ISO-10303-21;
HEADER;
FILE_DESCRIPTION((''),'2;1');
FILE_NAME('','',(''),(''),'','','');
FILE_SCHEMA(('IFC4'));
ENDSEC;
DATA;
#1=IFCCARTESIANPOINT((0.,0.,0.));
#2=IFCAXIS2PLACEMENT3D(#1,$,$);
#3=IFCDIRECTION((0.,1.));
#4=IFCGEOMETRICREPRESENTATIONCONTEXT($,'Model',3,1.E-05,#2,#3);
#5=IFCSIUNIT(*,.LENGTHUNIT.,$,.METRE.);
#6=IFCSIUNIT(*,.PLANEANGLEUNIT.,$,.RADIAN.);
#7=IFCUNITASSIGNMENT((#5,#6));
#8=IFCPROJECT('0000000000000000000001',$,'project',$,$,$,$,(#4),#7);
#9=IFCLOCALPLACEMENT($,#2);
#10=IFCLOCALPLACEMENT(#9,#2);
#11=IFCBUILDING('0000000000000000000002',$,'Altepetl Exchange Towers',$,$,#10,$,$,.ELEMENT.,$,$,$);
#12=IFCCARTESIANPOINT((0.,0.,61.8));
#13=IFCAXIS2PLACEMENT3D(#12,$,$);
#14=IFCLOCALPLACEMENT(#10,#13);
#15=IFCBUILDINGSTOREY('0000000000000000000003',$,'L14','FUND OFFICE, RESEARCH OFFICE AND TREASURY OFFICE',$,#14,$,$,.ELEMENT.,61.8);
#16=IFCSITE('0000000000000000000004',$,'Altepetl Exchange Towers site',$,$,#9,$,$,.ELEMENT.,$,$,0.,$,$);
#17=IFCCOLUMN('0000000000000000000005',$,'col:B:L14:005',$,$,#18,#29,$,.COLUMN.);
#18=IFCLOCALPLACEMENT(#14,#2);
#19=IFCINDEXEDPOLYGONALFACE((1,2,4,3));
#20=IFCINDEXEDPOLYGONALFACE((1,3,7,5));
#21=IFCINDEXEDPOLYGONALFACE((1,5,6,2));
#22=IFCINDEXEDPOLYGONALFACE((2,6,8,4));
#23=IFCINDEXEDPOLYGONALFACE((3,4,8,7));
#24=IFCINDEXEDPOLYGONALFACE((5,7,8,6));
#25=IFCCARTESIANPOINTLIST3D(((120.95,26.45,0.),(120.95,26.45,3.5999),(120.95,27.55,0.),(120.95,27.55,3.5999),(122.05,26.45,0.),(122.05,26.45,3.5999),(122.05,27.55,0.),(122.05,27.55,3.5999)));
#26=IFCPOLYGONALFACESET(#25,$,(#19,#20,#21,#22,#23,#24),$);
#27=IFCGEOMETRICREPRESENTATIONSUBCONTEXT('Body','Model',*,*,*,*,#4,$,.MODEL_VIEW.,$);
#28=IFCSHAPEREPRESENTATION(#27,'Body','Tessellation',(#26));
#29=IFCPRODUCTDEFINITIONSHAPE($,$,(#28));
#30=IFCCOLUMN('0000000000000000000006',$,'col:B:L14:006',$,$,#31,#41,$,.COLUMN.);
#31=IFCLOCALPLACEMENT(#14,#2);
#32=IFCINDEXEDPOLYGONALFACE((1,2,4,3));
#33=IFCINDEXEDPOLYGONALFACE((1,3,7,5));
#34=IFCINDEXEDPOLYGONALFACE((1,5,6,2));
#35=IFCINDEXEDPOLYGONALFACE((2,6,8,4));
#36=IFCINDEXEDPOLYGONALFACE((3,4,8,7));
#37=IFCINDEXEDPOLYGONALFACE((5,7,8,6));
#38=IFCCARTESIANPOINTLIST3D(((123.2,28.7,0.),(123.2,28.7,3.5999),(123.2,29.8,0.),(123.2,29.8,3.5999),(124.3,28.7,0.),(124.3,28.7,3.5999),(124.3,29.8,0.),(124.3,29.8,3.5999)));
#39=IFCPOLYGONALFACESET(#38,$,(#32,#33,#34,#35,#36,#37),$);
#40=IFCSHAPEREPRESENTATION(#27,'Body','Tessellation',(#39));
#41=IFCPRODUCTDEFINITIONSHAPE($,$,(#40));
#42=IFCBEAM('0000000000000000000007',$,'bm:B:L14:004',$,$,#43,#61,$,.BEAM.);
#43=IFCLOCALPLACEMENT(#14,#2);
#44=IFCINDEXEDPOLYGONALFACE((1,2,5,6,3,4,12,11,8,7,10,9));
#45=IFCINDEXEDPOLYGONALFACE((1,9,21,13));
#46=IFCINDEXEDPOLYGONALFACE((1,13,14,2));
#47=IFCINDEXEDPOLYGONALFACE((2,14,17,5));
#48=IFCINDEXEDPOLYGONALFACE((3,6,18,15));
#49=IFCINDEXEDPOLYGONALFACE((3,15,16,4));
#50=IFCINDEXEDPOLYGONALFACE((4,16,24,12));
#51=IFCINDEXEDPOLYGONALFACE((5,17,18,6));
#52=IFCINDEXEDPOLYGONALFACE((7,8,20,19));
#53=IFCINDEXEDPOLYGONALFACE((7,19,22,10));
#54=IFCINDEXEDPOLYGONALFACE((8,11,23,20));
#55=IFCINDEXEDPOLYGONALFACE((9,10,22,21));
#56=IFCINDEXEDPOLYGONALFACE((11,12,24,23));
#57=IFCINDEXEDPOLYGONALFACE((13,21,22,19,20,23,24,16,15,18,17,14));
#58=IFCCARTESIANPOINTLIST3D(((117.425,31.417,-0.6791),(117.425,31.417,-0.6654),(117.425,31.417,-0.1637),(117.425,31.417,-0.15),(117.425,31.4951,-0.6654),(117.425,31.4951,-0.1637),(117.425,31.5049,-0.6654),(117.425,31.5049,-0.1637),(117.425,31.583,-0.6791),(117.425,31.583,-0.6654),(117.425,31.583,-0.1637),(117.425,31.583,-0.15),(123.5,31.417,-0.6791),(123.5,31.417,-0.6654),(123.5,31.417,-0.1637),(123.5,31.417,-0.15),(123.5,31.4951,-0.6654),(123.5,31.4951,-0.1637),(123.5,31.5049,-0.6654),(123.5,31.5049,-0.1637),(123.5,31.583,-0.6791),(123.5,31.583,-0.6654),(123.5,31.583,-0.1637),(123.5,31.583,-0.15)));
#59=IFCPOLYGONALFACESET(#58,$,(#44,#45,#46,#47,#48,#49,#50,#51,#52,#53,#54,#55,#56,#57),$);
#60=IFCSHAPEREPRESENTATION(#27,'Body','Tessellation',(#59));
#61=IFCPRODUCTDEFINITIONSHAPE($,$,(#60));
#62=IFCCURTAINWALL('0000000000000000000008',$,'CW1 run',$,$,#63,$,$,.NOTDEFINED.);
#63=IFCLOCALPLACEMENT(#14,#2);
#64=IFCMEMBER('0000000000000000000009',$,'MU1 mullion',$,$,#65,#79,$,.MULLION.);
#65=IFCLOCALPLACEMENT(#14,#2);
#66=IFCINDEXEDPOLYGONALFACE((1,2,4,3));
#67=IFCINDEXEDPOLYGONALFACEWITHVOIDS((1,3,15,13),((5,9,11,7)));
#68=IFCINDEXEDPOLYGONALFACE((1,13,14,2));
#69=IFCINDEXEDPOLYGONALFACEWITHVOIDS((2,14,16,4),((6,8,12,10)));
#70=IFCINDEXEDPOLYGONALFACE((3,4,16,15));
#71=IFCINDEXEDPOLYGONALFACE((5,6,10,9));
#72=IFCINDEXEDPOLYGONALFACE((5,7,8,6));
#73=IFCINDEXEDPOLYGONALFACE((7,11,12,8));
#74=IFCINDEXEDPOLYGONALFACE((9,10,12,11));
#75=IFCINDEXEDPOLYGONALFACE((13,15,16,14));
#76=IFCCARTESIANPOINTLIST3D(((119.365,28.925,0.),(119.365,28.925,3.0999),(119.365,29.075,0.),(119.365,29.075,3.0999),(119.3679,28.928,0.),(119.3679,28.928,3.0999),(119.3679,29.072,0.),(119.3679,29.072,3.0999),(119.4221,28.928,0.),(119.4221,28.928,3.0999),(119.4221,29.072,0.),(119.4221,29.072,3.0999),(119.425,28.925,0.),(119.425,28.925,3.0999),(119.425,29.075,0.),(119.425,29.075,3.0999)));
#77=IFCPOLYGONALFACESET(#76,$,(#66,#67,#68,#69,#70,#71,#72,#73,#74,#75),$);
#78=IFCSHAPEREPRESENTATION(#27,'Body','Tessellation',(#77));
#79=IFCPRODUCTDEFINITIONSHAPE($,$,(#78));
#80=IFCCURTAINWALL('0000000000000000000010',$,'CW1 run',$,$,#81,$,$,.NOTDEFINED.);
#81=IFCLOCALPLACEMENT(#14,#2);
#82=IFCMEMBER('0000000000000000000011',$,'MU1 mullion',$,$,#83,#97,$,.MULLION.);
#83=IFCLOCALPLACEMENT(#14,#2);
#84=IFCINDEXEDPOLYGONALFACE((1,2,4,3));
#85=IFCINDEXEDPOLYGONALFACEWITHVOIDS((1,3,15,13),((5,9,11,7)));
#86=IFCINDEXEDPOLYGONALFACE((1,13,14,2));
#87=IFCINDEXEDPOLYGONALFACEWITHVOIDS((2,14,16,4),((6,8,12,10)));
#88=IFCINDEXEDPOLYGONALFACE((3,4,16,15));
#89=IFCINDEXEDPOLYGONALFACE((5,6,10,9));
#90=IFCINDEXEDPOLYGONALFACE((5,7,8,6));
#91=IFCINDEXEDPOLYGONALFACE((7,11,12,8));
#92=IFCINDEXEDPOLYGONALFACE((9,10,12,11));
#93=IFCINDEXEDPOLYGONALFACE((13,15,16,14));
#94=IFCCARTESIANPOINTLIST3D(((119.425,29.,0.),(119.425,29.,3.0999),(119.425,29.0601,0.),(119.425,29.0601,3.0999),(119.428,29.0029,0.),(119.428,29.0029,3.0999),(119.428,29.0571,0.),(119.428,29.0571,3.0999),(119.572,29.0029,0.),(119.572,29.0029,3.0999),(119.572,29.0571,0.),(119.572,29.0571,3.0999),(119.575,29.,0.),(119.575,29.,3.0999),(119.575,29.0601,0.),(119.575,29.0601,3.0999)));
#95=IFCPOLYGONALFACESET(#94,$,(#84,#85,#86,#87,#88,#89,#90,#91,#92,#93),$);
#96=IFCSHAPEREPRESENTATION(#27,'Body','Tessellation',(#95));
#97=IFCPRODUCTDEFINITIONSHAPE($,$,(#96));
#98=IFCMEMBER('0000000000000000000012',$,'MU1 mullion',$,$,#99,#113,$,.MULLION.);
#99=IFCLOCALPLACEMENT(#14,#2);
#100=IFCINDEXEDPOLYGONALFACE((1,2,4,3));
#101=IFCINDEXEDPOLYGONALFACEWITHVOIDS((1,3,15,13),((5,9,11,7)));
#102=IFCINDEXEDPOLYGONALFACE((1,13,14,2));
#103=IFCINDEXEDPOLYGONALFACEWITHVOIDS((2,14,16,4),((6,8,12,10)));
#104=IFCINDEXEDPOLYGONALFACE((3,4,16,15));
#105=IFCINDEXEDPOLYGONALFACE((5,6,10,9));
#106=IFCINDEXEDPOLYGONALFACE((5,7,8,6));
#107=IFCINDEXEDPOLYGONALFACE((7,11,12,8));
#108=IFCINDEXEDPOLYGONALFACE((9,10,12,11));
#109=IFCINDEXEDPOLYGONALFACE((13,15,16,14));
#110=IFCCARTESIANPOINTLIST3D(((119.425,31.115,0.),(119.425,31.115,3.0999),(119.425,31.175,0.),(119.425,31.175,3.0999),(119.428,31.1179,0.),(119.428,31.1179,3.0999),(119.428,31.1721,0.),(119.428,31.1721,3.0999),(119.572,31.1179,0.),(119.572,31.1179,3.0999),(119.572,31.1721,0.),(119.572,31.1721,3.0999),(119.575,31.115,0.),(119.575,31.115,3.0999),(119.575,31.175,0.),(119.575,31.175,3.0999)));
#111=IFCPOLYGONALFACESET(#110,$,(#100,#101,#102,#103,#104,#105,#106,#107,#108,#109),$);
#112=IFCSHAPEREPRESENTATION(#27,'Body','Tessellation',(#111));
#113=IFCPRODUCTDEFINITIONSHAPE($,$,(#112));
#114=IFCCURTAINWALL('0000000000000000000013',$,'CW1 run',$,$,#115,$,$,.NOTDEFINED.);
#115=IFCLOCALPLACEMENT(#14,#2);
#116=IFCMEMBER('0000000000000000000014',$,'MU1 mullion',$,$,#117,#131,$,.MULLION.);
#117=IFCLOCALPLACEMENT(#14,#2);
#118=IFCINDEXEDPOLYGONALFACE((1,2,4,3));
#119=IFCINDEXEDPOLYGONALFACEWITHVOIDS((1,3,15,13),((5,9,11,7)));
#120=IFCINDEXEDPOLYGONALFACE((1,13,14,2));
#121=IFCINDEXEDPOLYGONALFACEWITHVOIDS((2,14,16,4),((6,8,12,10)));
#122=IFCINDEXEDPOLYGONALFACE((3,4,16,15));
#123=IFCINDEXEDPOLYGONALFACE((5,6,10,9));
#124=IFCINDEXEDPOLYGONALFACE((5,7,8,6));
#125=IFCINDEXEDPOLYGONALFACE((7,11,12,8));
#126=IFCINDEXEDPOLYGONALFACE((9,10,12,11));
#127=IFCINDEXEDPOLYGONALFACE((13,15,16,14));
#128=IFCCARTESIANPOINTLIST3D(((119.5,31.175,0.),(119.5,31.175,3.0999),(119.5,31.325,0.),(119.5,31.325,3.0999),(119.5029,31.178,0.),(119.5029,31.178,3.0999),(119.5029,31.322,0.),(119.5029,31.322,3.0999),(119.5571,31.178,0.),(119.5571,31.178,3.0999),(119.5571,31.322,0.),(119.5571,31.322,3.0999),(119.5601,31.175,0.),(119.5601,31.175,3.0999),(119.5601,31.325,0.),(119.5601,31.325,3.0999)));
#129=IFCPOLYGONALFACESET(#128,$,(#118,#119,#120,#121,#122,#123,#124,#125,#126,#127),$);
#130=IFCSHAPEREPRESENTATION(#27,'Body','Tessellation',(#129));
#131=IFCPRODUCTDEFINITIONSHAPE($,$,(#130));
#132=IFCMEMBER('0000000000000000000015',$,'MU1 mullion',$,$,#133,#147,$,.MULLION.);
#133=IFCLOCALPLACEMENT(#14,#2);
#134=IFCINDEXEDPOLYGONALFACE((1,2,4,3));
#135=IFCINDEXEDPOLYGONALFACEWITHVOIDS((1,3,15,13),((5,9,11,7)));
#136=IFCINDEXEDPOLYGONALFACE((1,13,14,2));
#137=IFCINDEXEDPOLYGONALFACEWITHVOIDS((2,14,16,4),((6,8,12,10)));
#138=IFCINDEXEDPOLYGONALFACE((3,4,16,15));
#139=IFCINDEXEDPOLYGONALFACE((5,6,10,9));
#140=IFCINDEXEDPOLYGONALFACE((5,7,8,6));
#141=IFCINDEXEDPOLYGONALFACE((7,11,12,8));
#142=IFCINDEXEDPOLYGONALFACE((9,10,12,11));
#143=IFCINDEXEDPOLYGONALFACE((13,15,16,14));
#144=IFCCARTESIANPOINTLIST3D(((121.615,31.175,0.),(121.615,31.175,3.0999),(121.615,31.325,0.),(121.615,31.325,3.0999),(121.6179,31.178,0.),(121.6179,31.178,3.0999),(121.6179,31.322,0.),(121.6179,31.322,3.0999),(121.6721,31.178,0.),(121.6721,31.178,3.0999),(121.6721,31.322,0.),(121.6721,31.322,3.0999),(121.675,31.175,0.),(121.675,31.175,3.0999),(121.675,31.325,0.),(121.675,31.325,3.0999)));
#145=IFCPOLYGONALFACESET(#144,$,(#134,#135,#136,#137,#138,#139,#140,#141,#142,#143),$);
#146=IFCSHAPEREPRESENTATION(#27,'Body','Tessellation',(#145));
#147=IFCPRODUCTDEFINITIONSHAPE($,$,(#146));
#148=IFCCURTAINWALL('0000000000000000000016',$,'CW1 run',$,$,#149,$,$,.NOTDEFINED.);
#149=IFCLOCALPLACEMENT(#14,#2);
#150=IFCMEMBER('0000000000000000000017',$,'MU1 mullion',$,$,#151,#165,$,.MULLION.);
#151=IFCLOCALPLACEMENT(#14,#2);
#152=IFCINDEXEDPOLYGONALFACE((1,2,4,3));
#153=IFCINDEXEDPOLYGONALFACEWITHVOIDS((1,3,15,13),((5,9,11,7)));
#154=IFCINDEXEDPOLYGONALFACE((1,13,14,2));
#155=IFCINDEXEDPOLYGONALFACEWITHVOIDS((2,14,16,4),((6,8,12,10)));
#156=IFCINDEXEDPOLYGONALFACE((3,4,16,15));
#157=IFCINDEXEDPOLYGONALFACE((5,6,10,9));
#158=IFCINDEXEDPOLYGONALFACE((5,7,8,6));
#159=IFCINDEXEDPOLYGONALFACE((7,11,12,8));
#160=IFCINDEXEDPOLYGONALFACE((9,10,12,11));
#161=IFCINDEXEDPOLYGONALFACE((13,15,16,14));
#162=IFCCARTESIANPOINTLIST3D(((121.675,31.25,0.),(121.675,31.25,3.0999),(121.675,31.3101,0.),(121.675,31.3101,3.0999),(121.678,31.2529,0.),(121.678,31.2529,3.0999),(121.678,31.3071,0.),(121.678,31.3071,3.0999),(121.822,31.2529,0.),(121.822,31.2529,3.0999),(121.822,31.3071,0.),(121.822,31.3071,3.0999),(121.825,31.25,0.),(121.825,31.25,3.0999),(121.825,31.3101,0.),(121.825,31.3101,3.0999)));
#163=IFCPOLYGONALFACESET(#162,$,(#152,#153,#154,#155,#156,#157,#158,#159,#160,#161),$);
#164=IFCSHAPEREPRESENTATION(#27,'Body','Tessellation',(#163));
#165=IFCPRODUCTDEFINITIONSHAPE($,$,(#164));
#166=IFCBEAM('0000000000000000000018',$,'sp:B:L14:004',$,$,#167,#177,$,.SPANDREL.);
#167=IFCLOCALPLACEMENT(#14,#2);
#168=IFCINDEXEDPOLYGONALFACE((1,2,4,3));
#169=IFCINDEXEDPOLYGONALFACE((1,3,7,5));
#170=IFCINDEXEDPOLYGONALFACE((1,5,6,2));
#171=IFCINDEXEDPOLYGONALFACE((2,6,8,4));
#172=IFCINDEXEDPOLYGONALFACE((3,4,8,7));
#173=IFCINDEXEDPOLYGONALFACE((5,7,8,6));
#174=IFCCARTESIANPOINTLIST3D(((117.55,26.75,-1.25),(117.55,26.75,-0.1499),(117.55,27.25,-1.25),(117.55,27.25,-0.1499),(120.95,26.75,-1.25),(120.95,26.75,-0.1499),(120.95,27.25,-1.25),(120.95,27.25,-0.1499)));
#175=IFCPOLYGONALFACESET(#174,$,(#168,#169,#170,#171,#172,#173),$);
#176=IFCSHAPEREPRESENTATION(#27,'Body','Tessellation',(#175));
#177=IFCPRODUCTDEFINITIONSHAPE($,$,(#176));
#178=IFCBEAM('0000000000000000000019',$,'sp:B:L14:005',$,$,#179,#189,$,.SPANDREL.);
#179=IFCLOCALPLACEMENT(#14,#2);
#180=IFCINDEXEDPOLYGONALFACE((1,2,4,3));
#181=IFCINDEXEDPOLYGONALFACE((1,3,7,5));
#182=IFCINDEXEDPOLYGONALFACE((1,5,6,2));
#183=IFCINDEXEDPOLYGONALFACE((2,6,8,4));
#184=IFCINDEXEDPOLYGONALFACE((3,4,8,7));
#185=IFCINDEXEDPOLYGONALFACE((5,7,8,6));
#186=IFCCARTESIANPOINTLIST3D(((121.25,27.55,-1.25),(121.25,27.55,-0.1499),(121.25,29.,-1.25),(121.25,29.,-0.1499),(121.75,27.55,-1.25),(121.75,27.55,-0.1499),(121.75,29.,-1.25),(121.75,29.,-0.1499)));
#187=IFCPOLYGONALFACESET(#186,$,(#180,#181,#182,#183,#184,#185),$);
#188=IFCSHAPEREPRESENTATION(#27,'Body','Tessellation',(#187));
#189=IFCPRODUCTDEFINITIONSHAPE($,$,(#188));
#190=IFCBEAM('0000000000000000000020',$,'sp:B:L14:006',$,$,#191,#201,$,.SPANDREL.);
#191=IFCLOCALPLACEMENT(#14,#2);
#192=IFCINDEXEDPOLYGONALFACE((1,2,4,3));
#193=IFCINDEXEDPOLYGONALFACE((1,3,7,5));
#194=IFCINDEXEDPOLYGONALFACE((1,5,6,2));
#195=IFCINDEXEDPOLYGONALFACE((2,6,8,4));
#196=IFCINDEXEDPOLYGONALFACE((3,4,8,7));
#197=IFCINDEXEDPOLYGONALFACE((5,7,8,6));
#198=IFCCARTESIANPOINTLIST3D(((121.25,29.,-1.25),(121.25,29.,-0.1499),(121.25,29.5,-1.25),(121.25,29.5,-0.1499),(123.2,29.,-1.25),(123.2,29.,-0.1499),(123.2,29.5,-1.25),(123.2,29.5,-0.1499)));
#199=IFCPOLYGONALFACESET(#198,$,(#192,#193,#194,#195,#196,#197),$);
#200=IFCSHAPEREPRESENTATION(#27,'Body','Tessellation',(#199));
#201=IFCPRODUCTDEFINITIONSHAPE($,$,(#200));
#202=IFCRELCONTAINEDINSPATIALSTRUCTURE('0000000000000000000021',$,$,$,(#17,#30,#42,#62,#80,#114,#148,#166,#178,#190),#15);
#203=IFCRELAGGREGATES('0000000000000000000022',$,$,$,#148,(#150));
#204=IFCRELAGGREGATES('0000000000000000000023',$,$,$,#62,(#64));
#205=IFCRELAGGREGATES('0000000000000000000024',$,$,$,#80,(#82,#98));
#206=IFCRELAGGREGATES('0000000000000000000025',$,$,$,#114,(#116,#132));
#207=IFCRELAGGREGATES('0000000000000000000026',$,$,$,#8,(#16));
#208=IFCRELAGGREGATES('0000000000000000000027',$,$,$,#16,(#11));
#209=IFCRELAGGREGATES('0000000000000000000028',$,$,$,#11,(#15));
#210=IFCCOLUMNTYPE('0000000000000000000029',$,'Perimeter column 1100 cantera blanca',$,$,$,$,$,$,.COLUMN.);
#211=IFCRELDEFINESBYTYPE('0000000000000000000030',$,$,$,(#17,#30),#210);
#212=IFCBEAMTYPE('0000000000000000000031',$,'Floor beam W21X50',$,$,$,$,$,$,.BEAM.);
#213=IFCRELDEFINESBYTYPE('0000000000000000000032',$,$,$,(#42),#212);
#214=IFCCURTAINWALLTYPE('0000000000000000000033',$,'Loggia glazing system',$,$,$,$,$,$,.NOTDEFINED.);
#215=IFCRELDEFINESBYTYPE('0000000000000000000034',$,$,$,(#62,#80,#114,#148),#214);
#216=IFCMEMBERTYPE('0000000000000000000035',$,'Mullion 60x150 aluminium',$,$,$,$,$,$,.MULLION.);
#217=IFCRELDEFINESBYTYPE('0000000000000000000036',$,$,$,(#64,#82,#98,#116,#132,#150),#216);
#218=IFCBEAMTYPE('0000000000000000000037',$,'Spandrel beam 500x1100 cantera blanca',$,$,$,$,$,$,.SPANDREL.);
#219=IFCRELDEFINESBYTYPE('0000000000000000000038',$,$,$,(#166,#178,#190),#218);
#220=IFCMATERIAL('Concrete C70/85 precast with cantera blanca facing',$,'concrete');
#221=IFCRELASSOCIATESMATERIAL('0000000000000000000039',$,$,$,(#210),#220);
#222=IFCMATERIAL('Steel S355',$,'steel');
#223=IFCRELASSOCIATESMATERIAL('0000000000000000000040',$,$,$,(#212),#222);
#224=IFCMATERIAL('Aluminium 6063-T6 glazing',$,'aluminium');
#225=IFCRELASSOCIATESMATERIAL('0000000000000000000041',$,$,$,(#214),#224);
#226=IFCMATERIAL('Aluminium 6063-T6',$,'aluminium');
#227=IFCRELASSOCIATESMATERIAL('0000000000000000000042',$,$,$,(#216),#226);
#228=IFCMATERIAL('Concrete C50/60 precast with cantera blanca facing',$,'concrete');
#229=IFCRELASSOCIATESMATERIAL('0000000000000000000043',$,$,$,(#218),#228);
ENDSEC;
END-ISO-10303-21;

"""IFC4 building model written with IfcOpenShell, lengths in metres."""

from ifc_helpers import new_model, si_unit, direction, frame, origin, origin_2d, place, context, subcontext, project, spatial, rectangle, hollow_rectangle, i_section, extrude, material, material_profile, profile_set, type_object, element, aggregate, save


model = new_model("IFC4")

# Units and contexts
model_context = context("Model", 3, precision=1e-05, world=origin(), true_north=direction((0.0, 1.0)))
body_context = subcontext(model_context, "Body", "Model", "MODEL_VIEW")
ifc_project = project(units=[si_unit("LENGTHUNIT", "METRE"), si_unit("PLANEANGLEUNIT", "RADIAN")], contexts=[model_context])

# Site, building, storey
site_placement = place(None, origin())
site = spatial("IfcSite", under=ifc_project, at=site_placement, Name="Altepetl Exchange Towers site", CompositionType="ELEMENT", RefElevation=0.0)
building_placement = place(site_placement, origin())
building = spatial("IfcBuilding", under=site, at=building_placement, Name="Altepetl Exchange Towers", CompositionType="ELEMENT")
storey_placement = place(building_placement, frame((0.0, 0.0, 61.8)))
storey = spatial("IfcBuildingStorey", under=building, at=storey_placement, Name="L14", Description="FUND OFFICE, RESEARCH OFFICE AND TREASURY OFFICE", CompositionType="ELEMENT", Elevation=61.8)

# Columns
ifc_material_1 = material(Name="Concrete C70/85 precast with cantera blanca facing", Category="concrete")
ifc_material_profile_1 = material_profile(ifc_material_1, rectangle(XDim=1.1001, YDim=1.1001, at=origin_2d()), Name="1100 x 1100")
ifc_profile_set_1 = profile_set([ifc_material_profile_1], Name="Concrete C70/85 precast with cantera blanca facing")
column_type = type_object("IfcColumnType", Name="Perimeter column 1100 cantera blanca", PredefinedType="COLUMN", material=ifc_profile_set_1)
for number, where, name in (
    (1, (121.5, 27.0, 0.0), "col:B:L14:005"),
    (2, (123.75, 29.25, 0.0), "col:B:L14:006"),
):
    element("IfcColumn", number, at=place(storey_placement, frame(where)), inside=storey, type_object=column_type, Name=name, PredefinedType="COLUMN", context=body_context, shape_type="SweptSolid", body=[
        extrude(rectangle(XDim=1.1001, YDim=1.1001, at=origin_2d()), origin(), (0.0, 0.0, 1.0), 3.5999),
    ])

# Beam
ifc_material_2 = material(Name="Steel S355", Category="steel")
ifc_material_profile_2 = material_profile(ifc_material_2, i_section(OverallWidth=0.166, OverallDepth=0.5291, WebThickness=0.0098, FlangeThickness=0.0137, at=origin_2d()), Name="W21X50")
ifc_profile_set_2 = profile_set([ifc_material_profile_2], Name="Steel S355")
beam_type_1 = type_object("IfcBeamType", Name="Floor beam W21X50", PredefinedType="BEAM", material=ifc_profile_set_2)
beam_1_placement = place(storey_placement, frame((117.425, 31.5, -0.4146), z_axis=(1.0, 0.0, 0.0), x_axis=(0.0, 1.0, 0.0)))
element("IfcBeam", 3, at=beam_1_placement, inside=storey, type_object=beam_type_1, Name="bm:B:L14:004", PredefinedType="BEAM", context=body_context, shape_type="SweptSolid", body=[
    extrude(i_section(OverallWidth=0.166, OverallDepth=0.5291, WebThickness=0.0098, FlangeThickness=0.0137, at=origin_2d()), origin(), (0.0, 0.0, 1.0), 6.075),
])

# Curtain wall, member
ifc_material_3 = material(Name="Aluminium 6063-T6 glazing", Category="aluminium")
curtain_wall_type = type_object("IfcCurtainWallType", Name="Loggia glazing system", PredefinedType="NOTDEFINED", material=ifc_material_3)
curtain_wall_1_placement = place(storey_placement, origin())
curtain_wall_1 = element("IfcCurtainWall", 4, at=curtain_wall_1_placement, inside=storey, type_object=curtain_wall_type, Name="CW1 run", PredefinedType="NOTDEFINED")
ifc_material_4 = material(Name="Aluminium 6063-T6", Category="aluminium")
ifc_material_profile_3 = material_profile(ifc_material_4, hollow_rectangle(XDim=0.0601, YDim=0.1499, WallThickness=0.0029, at=origin_2d()), Name="Mullion 60x150 aluminium")
ifc_profile_set_3 = profile_set([ifc_material_profile_3], Name="Aluminium 6063-T6")
member_type = type_object("IfcMemberType", Name="Mullion 60x150 aluminium", PredefinedType="MULLION", material=ifc_profile_set_3)
member_1_placement = place(storey_placement, frame((119.395, 29.0, 0.0)))
member_1 = element("IfcMember", 5, at=member_1_placement, type_object=member_type, Name="MU1 mullion", PredefinedType="MULLION", context=body_context, shape_type="SweptSolid", body=[
    extrude(hollow_rectangle(XDim=0.0601, YDim=0.1499, WallThickness=0.0029, at=origin_2d()), origin(), (0.0, 0.0, 1.0), 3.0999),
])

# Curtain walls, members
curtain_wall_2_placement = place(storey_placement, origin())
curtain_wall_2 = element("IfcCurtainWall", 6, at=curtain_wall_2_placement, inside=storey, type_object=curtain_wall_type, Name="CW1 run", PredefinedType="NOTDEFINED")
member_2_placement = place(storey_placement, frame((119.5, 29.03, 0.0), z_axis=(0.0, 0.0, 1.0), x_axis=(0.0, 1.0, 0.0)))
member_2 = element("IfcMember", 7, at=member_2_placement, type_object=member_type, Name="MU1 mullion", PredefinedType="MULLION", context=body_context, shape_type="SweptSolid", body=[
    extrude(hollow_rectangle(XDim=0.0601, YDim=0.1499, WallThickness=0.0029, at=origin_2d()), origin(), (0.0, 0.0, 1.0), 3.0999),
])
member_3_placement = place(storey_placement, frame((119.5, 31.145, 0.0), z_axis=(0.0, 0.0, 1.0), x_axis=(0.0, 1.0, 0.0)))
member_3 = element("IfcMember", 8, at=member_3_placement, type_object=member_type, Name="MU1 mullion", PredefinedType="MULLION", context=body_context, shape_type="SweptSolid", body=[
    extrude(hollow_rectangle(XDim=0.0601, YDim=0.1499, WallThickness=0.0029, at=origin_2d()), origin(), (0.0, 0.0, 1.0), 3.0999),
])
curtain_wall_3_placement = place(storey_placement, origin())
curtain_wall_3 = element("IfcCurtainWall", 9, at=curtain_wall_3_placement, inside=storey, type_object=curtain_wall_type, Name="CW1 run", PredefinedType="NOTDEFINED")
member_4_placement = place(storey_placement, frame((119.53, 31.25, 0.0)))
member_4 = element("IfcMember", 10, at=member_4_placement, type_object=member_type, Name="MU1 mullion", PredefinedType="MULLION", context=body_context, shape_type="SweptSolid", body=[
    extrude(hollow_rectangle(XDim=0.0601, YDim=0.1499, WallThickness=0.0029, at=origin_2d()), origin(), (0.0, 0.0, 1.0), 3.0999),
])
member_5_placement = place(storey_placement, frame((121.645, 31.25, 0.0)))
member_5 = element("IfcMember", 11, at=member_5_placement, type_object=member_type, Name="MU1 mullion", PredefinedType="MULLION", context=body_context, shape_type="SweptSolid", body=[
    extrude(hollow_rectangle(XDim=0.0601, YDim=0.1499, WallThickness=0.0029, at=origin_2d()), origin(), (0.0, 0.0, 1.0), 3.0999),
])

# Curtain wall, member
curtain_wall_4_placement = place(storey_placement, origin())
curtain_wall_4 = element("IfcCurtainWall", 12, at=curtain_wall_4_placement, inside=storey, type_object=curtain_wall_type, Name="CW1 run", PredefinedType="NOTDEFINED")
member_6_placement = place(storey_placement, frame((121.75, 31.28, 0.0), z_axis=(0.0, 0.0, 1.0), x_axis=(0.0, 1.0, 0.0)))
member_6 = element("IfcMember", 13, at=member_6_placement, type_object=member_type, Name="MU1 mullion", PredefinedType="MULLION", context=body_context, shape_type="SweptSolid", body=[
    extrude(hollow_rectangle(XDim=0.0601, YDim=0.1499, WallThickness=0.0029, at=origin_2d()), origin(), (0.0, 0.0, 1.0), 3.0999),
])
aggregate(curtain_wall_4, [member_6])

# Beams
ifc_material_5 = material(Name="Concrete C50/60 precast with cantera blanca facing", Category="concrete")
ifc_material_profile_4 = material_profile(ifc_material_5, rectangle(XDim=0.5, YDim=1.1001, at=origin_2d()), Name="500 x 1100")
ifc_profile_set_4 = profile_set([ifc_material_profile_4], Name="Concrete C50/60 precast with cantera blanca facing")
beam_type_2 = type_object("IfcBeamType", Name="Spandrel beam 500x1100 cantera blanca", PredefinedType="SPANDREL", material=ifc_profile_set_4)
beam_2_placement = place(storey_placement, frame((117.55, 27.0, -0.7), z_axis=(1.0, 0.0, 0.0), x_axis=(0.0, 1.0, 0.0)))
element("IfcBeam", 14, at=beam_2_placement, inside=storey, type_object=beam_type_2, Name="sp:B:L14:004", PredefinedType="SPANDREL", context=body_context, shape_type="SweptSolid", body=[
    extrude(rectangle(XDim=0.5, YDim=1.1001, at=origin_2d()), origin(), (0.0, 0.0, 1.0), 3.3999),
])
beam_3_placement = place(storey_placement, frame((121.5, 27.55, -0.7), z_axis=(0.0, 1.0, 0.0), x_axis=(-1.0, 0.0, 0.0)))
element("IfcBeam", 15, at=beam_3_placement, inside=storey, type_object=beam_type_2, Name="sp:B:L14:005", PredefinedType="SPANDREL", context=body_context, shape_type="SweptSolid", body=[
    extrude(rectangle(XDim=0.5, YDim=1.1001, at=origin_2d()), origin(), (0.0, 0.0, 1.0), 1.45),
])
beam_4_placement = place(storey_placement, frame((121.25, 29.25, -0.7), z_axis=(1.0, 0.0, 0.0), x_axis=(0.0, 1.0, 0.0)))
element("IfcBeam", 16, at=beam_4_placement, inside=storey, type_object=beam_type_2, Name="sp:B:L14:006", PredefinedType="SPANDREL", context=body_context, shape_type="SweptSolid", body=[
    extrude(rectangle(XDim=0.5, YDim=1.1001, at=origin_2d()), origin(), (0.0, 0.0, 1.0), 1.95),
])

aggregate(curtain_wall_1, [member_1])
aggregate(curtain_wall_2, [member_2, member_3])
aggregate(curtain_wall_3, [member_4, member_5])

save(model, "model.ifc")
